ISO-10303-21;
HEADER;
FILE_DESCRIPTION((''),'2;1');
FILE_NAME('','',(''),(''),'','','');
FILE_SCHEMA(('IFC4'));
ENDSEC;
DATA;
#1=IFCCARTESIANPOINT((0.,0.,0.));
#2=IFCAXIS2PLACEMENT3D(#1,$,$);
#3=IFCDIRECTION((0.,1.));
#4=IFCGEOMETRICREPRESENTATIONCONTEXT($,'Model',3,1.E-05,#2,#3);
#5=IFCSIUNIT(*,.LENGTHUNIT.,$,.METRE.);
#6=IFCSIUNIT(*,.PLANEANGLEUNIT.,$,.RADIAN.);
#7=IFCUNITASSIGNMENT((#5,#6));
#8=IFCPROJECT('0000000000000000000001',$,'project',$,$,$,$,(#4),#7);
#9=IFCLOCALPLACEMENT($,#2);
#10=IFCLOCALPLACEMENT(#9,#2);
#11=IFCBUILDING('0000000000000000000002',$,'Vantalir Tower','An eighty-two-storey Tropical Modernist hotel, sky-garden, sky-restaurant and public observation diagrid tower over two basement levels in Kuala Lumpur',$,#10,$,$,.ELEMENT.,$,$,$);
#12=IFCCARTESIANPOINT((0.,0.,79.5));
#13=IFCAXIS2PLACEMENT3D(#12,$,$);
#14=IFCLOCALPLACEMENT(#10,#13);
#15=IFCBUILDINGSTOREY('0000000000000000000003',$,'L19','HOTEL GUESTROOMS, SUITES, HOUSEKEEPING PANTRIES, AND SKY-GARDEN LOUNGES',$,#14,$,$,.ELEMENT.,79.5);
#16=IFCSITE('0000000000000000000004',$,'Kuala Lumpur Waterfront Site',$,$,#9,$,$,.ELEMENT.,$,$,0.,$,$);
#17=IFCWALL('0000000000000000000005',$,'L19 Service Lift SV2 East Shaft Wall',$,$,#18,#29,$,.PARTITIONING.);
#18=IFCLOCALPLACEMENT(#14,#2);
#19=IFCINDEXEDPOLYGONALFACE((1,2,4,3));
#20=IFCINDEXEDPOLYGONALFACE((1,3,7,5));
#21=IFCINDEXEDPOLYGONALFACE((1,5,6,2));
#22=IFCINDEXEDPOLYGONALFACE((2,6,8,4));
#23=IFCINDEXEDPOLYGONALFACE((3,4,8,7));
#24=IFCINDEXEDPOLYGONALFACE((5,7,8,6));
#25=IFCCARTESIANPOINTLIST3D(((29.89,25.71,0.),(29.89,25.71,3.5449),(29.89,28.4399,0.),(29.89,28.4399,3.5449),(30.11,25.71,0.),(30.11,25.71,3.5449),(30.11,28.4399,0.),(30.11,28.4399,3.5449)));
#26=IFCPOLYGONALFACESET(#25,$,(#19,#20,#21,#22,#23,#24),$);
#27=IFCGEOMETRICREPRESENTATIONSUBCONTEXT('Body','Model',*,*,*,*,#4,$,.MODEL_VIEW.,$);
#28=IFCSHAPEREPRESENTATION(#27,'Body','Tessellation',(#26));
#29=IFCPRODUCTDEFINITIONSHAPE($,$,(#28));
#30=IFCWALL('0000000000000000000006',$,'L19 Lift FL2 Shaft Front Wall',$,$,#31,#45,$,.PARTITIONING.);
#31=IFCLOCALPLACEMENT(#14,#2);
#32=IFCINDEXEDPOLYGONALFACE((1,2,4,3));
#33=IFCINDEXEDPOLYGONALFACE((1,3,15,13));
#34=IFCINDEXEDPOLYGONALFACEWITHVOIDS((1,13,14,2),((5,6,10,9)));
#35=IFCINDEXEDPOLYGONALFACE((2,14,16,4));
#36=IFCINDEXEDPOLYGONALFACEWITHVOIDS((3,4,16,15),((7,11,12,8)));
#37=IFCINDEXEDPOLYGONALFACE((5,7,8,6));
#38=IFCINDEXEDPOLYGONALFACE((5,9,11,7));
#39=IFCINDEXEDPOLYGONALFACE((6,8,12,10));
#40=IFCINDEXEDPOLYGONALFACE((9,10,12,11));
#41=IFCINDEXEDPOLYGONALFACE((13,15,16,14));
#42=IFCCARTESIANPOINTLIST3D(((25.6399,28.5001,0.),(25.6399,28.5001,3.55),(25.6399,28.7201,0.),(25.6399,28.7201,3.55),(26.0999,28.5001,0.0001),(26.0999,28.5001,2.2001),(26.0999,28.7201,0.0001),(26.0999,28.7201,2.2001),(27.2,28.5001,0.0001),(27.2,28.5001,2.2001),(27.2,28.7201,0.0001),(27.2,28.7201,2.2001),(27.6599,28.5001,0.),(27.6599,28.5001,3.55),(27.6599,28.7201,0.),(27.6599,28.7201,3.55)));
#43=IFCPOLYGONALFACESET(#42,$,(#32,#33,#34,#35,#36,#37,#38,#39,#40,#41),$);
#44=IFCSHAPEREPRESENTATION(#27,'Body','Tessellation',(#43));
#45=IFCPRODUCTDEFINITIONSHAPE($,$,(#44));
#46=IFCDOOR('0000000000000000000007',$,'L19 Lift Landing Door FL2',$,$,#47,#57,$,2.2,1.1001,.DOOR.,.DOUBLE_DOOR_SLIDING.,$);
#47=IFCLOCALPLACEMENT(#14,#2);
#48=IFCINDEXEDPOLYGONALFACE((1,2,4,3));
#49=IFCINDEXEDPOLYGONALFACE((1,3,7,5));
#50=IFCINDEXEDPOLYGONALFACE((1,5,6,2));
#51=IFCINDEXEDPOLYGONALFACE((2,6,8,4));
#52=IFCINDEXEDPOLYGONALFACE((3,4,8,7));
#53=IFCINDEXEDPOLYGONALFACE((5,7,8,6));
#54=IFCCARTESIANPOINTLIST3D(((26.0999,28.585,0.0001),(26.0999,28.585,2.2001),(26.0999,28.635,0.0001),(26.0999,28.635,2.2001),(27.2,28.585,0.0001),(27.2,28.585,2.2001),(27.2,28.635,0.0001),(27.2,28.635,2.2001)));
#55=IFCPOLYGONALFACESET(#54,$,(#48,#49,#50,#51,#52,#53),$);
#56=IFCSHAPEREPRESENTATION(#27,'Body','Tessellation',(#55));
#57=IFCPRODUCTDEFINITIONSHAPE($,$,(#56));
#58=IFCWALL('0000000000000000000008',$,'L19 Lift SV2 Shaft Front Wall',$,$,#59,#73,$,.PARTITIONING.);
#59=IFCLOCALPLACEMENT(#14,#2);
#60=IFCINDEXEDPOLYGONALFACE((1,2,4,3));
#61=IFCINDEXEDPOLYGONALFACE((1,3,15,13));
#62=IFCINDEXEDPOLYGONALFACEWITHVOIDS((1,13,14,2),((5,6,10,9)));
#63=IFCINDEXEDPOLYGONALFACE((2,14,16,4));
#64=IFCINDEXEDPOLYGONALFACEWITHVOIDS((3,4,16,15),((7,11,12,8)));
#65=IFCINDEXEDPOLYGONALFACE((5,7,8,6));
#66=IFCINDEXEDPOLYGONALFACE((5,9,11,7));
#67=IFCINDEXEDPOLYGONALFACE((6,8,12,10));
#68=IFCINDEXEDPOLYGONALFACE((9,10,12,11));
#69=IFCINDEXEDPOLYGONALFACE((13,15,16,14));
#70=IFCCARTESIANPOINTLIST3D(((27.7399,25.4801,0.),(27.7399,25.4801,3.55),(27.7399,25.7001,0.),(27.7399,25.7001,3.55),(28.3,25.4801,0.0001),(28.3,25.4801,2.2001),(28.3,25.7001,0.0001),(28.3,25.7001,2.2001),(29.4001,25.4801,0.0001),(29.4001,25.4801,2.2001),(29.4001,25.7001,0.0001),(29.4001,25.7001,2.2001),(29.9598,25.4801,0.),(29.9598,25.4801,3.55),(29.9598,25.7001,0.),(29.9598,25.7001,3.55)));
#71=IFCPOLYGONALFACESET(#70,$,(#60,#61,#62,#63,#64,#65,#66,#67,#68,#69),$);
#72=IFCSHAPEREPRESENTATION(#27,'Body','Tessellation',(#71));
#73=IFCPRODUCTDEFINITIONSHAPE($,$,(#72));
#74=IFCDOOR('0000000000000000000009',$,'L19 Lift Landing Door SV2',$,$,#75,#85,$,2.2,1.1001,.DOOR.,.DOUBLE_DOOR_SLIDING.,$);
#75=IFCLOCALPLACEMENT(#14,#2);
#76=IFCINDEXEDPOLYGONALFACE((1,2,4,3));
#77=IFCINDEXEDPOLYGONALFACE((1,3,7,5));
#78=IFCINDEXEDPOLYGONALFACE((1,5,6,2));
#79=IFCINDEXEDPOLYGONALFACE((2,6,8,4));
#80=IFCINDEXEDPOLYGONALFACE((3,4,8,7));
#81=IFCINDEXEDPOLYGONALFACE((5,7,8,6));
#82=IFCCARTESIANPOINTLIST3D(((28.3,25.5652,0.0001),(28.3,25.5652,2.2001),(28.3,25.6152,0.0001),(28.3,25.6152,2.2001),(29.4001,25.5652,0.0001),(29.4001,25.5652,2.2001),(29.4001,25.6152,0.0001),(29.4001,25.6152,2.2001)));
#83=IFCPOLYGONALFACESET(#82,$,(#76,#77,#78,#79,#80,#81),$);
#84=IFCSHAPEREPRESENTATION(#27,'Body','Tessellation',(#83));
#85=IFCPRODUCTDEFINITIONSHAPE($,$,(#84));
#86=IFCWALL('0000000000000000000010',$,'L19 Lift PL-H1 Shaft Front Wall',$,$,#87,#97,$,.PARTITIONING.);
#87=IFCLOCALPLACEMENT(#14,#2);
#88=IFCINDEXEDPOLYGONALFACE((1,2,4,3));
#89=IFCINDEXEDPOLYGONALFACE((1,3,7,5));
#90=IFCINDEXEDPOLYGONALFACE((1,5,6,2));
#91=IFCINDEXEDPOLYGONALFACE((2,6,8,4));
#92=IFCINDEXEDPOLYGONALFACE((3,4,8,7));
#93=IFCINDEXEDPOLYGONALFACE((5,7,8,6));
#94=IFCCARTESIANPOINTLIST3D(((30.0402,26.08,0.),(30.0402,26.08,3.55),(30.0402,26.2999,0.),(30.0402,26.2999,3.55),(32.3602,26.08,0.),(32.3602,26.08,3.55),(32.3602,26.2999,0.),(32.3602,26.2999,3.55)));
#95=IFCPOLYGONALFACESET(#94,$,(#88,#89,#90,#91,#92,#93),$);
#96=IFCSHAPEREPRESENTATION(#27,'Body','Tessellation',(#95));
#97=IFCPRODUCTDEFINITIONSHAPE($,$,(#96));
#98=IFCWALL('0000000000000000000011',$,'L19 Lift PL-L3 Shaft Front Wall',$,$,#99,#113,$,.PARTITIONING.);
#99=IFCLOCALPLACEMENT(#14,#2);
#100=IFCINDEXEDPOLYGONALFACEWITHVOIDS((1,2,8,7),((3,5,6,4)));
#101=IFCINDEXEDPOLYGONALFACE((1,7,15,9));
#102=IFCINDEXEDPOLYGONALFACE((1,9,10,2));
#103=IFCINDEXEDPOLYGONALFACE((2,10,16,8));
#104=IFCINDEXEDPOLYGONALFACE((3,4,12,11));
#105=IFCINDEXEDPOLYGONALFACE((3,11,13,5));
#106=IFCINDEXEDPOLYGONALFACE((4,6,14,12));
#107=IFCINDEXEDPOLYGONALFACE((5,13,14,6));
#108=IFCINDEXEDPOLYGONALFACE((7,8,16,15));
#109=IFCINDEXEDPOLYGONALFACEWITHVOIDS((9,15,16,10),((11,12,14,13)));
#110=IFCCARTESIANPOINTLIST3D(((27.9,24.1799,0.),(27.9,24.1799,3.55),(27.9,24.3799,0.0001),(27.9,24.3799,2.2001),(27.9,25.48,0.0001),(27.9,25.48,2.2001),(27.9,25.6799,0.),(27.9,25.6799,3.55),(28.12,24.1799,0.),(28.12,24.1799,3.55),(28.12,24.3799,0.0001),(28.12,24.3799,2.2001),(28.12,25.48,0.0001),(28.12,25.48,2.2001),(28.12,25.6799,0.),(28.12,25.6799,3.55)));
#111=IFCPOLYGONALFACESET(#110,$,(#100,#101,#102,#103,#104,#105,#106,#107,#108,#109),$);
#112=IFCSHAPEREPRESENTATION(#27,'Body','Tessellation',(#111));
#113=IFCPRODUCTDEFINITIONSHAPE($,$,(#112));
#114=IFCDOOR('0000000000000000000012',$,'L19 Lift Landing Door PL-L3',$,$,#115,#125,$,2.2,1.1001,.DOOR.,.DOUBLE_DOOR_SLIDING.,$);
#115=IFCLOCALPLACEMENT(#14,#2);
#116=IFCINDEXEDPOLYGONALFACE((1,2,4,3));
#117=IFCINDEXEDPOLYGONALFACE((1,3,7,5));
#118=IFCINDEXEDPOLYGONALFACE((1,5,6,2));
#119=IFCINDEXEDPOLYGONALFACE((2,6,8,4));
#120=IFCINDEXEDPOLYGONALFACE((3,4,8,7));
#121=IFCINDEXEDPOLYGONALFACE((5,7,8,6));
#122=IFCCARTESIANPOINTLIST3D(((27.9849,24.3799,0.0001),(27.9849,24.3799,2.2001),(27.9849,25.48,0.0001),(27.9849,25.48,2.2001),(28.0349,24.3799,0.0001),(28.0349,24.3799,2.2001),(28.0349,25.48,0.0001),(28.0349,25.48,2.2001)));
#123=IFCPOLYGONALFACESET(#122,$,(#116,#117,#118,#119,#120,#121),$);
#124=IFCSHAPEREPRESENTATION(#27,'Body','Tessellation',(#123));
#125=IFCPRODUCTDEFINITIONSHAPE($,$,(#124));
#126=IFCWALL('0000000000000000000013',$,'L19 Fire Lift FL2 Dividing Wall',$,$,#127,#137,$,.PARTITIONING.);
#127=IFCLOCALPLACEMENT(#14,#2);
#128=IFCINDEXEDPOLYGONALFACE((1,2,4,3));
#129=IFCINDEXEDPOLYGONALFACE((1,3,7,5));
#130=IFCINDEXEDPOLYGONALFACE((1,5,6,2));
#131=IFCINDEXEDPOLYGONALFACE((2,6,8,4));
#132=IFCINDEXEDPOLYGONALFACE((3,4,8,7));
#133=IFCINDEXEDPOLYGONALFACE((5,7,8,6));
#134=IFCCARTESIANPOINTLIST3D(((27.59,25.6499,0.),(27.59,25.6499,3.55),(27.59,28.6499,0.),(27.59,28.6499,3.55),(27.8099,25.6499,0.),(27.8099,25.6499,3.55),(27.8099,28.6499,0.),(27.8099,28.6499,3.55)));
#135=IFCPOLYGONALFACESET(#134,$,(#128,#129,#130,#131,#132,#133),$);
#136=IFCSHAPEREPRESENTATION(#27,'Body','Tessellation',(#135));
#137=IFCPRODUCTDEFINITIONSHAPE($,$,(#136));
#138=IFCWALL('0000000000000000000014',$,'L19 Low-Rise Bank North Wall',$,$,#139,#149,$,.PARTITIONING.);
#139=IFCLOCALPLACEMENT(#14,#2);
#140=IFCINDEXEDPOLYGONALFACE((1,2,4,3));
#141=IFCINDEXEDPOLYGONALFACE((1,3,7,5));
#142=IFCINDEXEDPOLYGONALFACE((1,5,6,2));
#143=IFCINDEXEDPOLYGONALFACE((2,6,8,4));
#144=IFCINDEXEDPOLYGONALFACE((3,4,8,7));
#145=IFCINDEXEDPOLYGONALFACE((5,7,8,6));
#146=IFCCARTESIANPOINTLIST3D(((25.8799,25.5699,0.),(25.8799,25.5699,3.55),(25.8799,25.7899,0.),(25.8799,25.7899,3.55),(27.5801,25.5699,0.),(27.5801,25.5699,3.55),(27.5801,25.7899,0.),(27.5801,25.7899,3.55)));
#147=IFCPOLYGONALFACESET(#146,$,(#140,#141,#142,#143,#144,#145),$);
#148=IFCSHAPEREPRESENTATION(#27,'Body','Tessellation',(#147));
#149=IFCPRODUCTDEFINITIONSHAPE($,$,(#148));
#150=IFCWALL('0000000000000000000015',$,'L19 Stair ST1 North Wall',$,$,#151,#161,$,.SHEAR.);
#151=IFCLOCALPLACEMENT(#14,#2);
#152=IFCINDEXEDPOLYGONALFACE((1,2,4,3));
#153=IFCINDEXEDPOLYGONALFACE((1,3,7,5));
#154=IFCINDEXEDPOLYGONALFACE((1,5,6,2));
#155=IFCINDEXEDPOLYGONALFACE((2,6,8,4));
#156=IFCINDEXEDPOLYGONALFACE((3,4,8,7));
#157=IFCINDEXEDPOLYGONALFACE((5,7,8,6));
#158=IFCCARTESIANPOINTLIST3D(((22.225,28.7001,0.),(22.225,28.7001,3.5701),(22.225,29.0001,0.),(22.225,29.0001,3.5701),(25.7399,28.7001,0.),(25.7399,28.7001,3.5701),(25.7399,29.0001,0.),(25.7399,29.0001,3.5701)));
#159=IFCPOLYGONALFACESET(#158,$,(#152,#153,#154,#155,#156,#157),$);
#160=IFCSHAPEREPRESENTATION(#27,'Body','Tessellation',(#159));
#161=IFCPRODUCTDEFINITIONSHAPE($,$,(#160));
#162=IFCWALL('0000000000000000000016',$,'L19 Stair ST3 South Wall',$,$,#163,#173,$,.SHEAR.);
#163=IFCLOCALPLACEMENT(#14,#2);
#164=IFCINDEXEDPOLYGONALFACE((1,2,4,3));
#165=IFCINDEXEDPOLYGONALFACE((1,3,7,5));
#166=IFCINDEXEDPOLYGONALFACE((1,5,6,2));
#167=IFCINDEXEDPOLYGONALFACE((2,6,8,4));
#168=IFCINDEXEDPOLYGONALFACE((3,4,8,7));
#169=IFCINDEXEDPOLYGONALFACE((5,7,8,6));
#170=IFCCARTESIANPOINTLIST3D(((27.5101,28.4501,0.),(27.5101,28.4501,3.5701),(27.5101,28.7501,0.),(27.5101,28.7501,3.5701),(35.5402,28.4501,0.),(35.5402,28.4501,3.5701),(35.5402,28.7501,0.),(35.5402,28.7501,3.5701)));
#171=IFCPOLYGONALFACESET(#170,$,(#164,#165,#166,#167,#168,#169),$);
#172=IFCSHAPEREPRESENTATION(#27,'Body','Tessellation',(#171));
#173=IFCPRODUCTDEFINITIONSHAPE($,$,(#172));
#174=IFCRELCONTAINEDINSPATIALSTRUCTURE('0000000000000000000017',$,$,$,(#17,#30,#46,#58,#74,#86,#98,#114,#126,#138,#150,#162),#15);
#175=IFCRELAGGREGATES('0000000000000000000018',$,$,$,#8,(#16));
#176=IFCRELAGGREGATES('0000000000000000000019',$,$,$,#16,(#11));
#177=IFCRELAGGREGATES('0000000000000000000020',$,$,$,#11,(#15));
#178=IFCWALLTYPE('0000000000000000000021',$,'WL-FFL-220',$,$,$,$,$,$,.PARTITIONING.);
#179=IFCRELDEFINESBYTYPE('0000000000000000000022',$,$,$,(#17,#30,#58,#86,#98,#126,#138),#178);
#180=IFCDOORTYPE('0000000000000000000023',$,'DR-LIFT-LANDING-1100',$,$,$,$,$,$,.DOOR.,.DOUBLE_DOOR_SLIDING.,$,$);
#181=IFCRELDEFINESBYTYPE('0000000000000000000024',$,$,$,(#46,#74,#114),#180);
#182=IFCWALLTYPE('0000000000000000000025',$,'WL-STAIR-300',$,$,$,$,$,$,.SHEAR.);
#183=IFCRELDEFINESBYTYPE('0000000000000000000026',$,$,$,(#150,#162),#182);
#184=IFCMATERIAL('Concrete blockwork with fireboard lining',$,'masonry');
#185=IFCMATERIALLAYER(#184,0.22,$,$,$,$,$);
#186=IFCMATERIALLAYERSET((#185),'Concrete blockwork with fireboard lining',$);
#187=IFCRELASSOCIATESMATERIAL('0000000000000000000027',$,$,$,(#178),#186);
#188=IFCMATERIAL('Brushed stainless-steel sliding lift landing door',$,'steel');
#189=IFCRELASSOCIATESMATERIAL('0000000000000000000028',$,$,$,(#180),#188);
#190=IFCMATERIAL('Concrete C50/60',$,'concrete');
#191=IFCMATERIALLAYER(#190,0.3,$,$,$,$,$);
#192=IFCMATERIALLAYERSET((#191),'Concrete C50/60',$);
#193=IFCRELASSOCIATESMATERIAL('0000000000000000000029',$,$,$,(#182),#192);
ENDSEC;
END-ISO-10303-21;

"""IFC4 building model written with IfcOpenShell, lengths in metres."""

from ifc_helpers import new_model, si_unit, direction, frame, frame_2d, origin, place, context, subcontext, project, spatial, rectangle, extrude, material, layer, layer_set, type_object, element, fill, save


model = new_model("IFC4")

# Units and contexts
model_context = context("Model", 3, precision=1e-05, world=origin(), true_north=direction((0.0, 1.0)))
body_context = subcontext(model_context, "Body", "Model", "MODEL_VIEW")
ifc_project = project(units=[si_unit("LENGTHUNIT", "METRE"), si_unit("PLANEANGLEUNIT", "RADIAN")], contexts=[model_context])

# Site, building, storey
site_placement = place(None, origin())
site = spatial("IfcSite", under=ifc_project, at=site_placement, Name="Kuala Lumpur Waterfront Site", CompositionType="ELEMENT", RefElevation=0.0)
building_placement = place(site_placement, origin())
building = spatial("IfcBuilding", under=site, at=building_placement, Name="Vantalir Tower", Description="An eighty-two-storey Tropical Modernist hotel, sky-garden, sky-restaurant and public observation diagrid tower over two basement levels in Kuala Lumpur", CompositionType="ELEMENT")
storey_placement = place(building_placement, frame((0.0, 0.0, 79.5)))
storey = spatial("IfcBuildingStorey", under=building, at=storey_placement, Name="L19", Description="HOTEL GUESTROOMS, SUITES, HOUSEKEEPING PANTRIES, AND SKY-GARDEN LOUNGES", CompositionType="ELEMENT", Elevation=79.5)

# Wall
ifc_material_1 = material(Name="Concrete blockwork with fireboard lining", Category="masonry")
ifc_layer_1 = layer(ifc_material_1, 0.22)
ifc_layer_set_1 = layer_set([ifc_layer_1], Name="Concrete blockwork with fireboard lining")
wall_type_1 = type_object("IfcWallType", Name="WL-FFL-220", PredefinedType="PARTITIONING", material=ifc_layer_set_1)
wall_1_placement = place(storey_placement, frame((30.0, 25.71, 0.0), z_axis=(0.0, 0.0, 1.0), x_axis=(0.0, 1.0, 0.0)))
element("IfcWall", 1, at=wall_1_placement, inside=storey, type_object=wall_type_1, Name="L19 Service Lift SV2 East Shaft Wall", PredefinedType="PARTITIONING", context=body_context, shape_type="SweptSolid", body=[
    extrude(rectangle(XDim=2.73, YDim=0.22, at=frame_2d((1.365, 0.0))), origin(), (0.0, 0.0, 1.0), 3.5449),
])

# Walls, openings, doors
wall_2_placement = place(storey_placement, frame((25.6399, 28.6101, 0.0), z_axis=(0.0, 0.0, 1.0), x_axis=(1.0, 0.0, 0.0)))
wall_2 = element("IfcWall", 2, at=wall_2_placement, inside=storey, type_object=wall_type_1, Name="L19 Lift FL2 Shaft Front Wall", PredefinedType="PARTITIONING", context=body_context, shape_type="SweptSolid", body=[
    extrude(rectangle(XDim=2.02, YDim=0.22, at=frame_2d((1.01, 0.0))), origin(), (0.0, 0.0, 1.0), 3.55),
])
opening_1_placement = place(wall_2_placement, frame((0.46, 0.0, 0.0)))
opening_1 = element("IfcOpeningElement", 3, at=opening_1_placement, cuts=wall_2, PredefinedType="OPENING", context=body_context, shape_type="SweptSolid", body=[
    extrude(rectangle(XDim=1.1001, YDim=2.2, at=frame_2d((0.55, 1.1001))), frame((0.0, 0.1199, 0.0), z_axis=(0.0, -1.0, 0.0), x_axis=(1.0, 0.0, 0.0)), (0.0, 0.0, 1.0), 0.24),
])
ifc_material_2 = material(Name="Brushed stainless-steel sliding lift landing door", Category="steel")
door_type_1 = type_object("IfcDoorType", Name="DR-LIFT-LANDING-1100", OperationType="DOUBLE_DOOR_SLIDING", PredefinedType="DOOR", material=ifc_material_2)
door_1_placement = place(opening_1_placement, origin())
door_1 = element("IfcDoor", 4, at=door_1_placement, inside=storey, type_object=door_type_1, Name="L19 Lift Landing Door FL2", OperationType="DOUBLE_DOOR_SLIDING", OverallHeight=2.2, OverallWidth=1.1001, PredefinedType="DOOR", context=body_context, shape_type="SweptSolid", body=[
    extrude(rectangle(XDim=1.1001, YDim=2.2, at=frame_2d((0.55, 1.1001))), frame((0.0, 0.0249, 0.0), z_axis=(0.0, -1.0, 0.0), x_axis=(1.0, 0.0, 0.0)), (0.0, 0.0, 1.0), 0.05),
])
fill(opening_1, door_1)
wall_3_placement = place(storey_placement, frame((27.74, 25.5901, 0.0), z_axis=(0.0, 0.0, 1.0), x_axis=(1.0, 0.0, 0.0)))
wall_3 = element("IfcWall", 5, at=wall_3_placement, inside=storey, type_object=wall_type_1, Name="L19 Lift SV2 Shaft Front Wall", PredefinedType="PARTITIONING", context=body_context, shape_type="SweptSolid", body=[
    extrude(rectangle(XDim=2.22, YDim=0.22, at=frame_2d((1.1099, 0.0))), origin(), (0.0, 0.0, 1.0), 3.55),
])
opening_2_placement = place(wall_3_placement, frame((0.5601, 0.0, 0.0)))
opening_2 = element("IfcOpeningElement", 6, at=opening_2_placement, cuts=wall_3, PredefinedType="OPENING", context=body_context, shape_type="SweptSolid", body=[
    extrude(rectangle(XDim=1.1001, YDim=2.2, at=frame_2d((0.55, 1.1001))), frame((0.0, 0.1199, 0.0), z_axis=(0.0, -1.0, 0.0), x_axis=(1.0, 0.0, 0.0)), (0.0, 0.0, 1.0), 0.24),
])
door_2_placement = place(opening_2_placement, frame((1.1001, 0.0, 0.0), z_axis=(0.0, 0.0, 1.0), x_axis=(-1.0, 0.0, 0.0)))
door_2 = element("IfcDoor", 7, at=door_2_placement, inside=storey, type_object=door_type_1, Name="L19 Lift Landing Door SV2", OperationType="DOUBLE_DOOR_SLIDING", OverallHeight=2.2, OverallWidth=1.1001, PredefinedType="DOOR", context=body_context, shape_type="SweptSolid", body=[
    extrude(rectangle(XDim=1.1001, YDim=2.2, at=frame_2d((0.55, 1.1001))), frame((0.0, 0.0249, 0.0), z_axis=(0.0, -1.0, 0.0), x_axis=(1.0, 0.0, 0.0)), (0.0, 0.0, 1.0), 0.05),
])
fill(opening_2, door_2)

# Wall
wall_4_placement = place(storey_placement, frame((30.04, 26.1899, 0.0), z_axis=(0.0, 0.0, 1.0), x_axis=(1.0, 0.0, 0.0)))
element("IfcWall", 8, at=wall_4_placement, inside=storey, type_object=wall_type_1, Name="L19 Lift PL-H1 Shaft Front Wall", PredefinedType="PARTITIONING", context=body_context, shape_type="SweptSolid", body=[
    extrude(rectangle(XDim=2.3201, YDim=0.22, at=frame_2d((1.1602, 0.0))), origin(), (0.0, 0.0, 1.0), 3.55),
])

# Wall, opening, door
wall_5_placement = place(storey_placement, frame((28.01, 24.1799, 0.0), z_axis=(0.0, 0.0, 1.0), x_axis=(0.0, 1.0, 0.0)))
wall_5 = element("IfcWall", 9, at=wall_5_placement, inside=storey, type_object=wall_type_1, Name="L19 Lift PL-L3 Shaft Front Wall", PredefinedType="PARTITIONING", context=body_context, shape_type="SweptSolid", body=[
    extrude(rectangle(XDim=1.5, YDim=0.22, at=frame_2d((0.75, 0.0))), origin(), (0.0, 0.0, 1.0), 3.55),
])
opening_3_placement = place(wall_5_placement, frame((0.2, 0.0, 0.0)))
opening_3 = element("IfcOpeningElement", 10, at=opening_3_placement, cuts=wall_5, PredefinedType="OPENING", context=body_context, shape_type="SweptSolid", body=[
    extrude(rectangle(XDim=1.1001, YDim=2.2, at=frame_2d((0.55, 1.1001))), frame((0.0, 0.1199, 0.0), z_axis=(0.0, -1.0, 0.0), x_axis=(1.0, 0.0, 0.0)), (0.0, 0.0, 1.0), 0.24),
])
door_3_placement = place(opening_3_placement, frame((1.1001, 0.0, 0.0), z_axis=(0.0, 0.0, 1.0), x_axis=(-1.0, 0.0, 0.0)))
door_3 = element("IfcDoor", 11, at=door_3_placement, inside=storey, type_object=door_type_1, Name="L19 Lift Landing Door PL-L3", OperationType="DOUBLE_DOOR_SLIDING", OverallHeight=2.2, OverallWidth=1.1001, PredefinedType="DOOR", context=body_context, shape_type="SweptSolid", body=[
    extrude(rectangle(XDim=1.1001, YDim=2.2, at=frame_2d((0.55, 1.1001))), frame((0.0, 0.0249, 0.0), z_axis=(0.0, -1.0, 0.0), x_axis=(1.0, 0.0, 0.0)), (0.0, 0.0, 1.0), 0.05),
])
fill(opening_3, door_3)

# Walls
wall_6_placement = place(storey_placement, frame((27.7, 25.6499, 0.0), z_axis=(0.0, 0.0, 1.0), x_axis=(0.0, 1.0, 0.0)))
element("IfcWall", 12, at=wall_6_placement, inside=storey, type_object=wall_type_1, Name="L19 Fire Lift FL2 Dividing Wall", PredefinedType="PARTITIONING", context=body_context, shape_type="SweptSolid", body=[
    extrude(rectangle(XDim=3.0, YDim=0.22, at=frame_2d((1.5, 0.0))), origin(), (0.0, 0.0, 1.0), 3.55),
])
wall_7_placement = place(storey_placement, frame((25.8799, 25.6799, 0.0), z_axis=(0.0, 0.0, 1.0), x_axis=(1.0, 0.0, 0.0)))
element("IfcWall", 13, at=wall_7_placement, inside=storey, type_object=wall_type_1, Name="L19 Low-Rise Bank North Wall", PredefinedType="PARTITIONING", context=body_context, shape_type="SweptSolid", body=[
    extrude(rectangle(XDim=1.7002, YDim=0.22, at=frame_2d((0.8501, 0.0))), origin(), (0.0, 0.0, 1.0), 3.55),
])
ifc_material_3 = material(Name="Concrete C50/60", Category="concrete")
ifc_layer_2 = layer(ifc_material_3, 0.3)
ifc_layer_set_2 = layer_set([ifc_layer_2], Name="Concrete C50/60")
wall_type_2 = type_object("IfcWallType", Name="WL-STAIR-300", PredefinedType="SHEAR", material=ifc_layer_set_2)
wall_8_placement = place(storey_placement, frame((22.2251, 28.8501, 0.0), z_axis=(0.0, 0.0, 1.0), x_axis=(1.0, 0.0, 0.0)))
element("IfcWall", 14, at=wall_8_placement, inside=storey, type_object=wall_type_2, Name="L19 Stair ST1 North Wall", PredefinedType="SHEAR", context=body_context, shape_type="SweptSolid", body=[
    extrude(rectangle(XDim=3.5149, YDim=0.3, at=frame_2d((1.7573, 0.0))), origin(), (0.0, 0.0, 1.0), 3.5701),
])
wall_9_placement = place(storey_placement, frame((27.51, 28.6001, 0.0), z_axis=(0.0, 0.0, 1.0), x_axis=(1.0, 0.0, 0.0)))
element("IfcWall", 15, at=wall_9_placement, inside=storey, type_object=wall_type_2, Name="L19 Stair ST3 South Wall", PredefinedType="SHEAR", context=body_context, shape_type="SweptSolid", body=[
    extrude(rectangle(XDim=8.03, YDim=0.3, at=frame_2d((4.0151, 0.0))), origin(), (0.0, 0.0, 1.0), 3.5701),
])

save(model, "model.ifc")
